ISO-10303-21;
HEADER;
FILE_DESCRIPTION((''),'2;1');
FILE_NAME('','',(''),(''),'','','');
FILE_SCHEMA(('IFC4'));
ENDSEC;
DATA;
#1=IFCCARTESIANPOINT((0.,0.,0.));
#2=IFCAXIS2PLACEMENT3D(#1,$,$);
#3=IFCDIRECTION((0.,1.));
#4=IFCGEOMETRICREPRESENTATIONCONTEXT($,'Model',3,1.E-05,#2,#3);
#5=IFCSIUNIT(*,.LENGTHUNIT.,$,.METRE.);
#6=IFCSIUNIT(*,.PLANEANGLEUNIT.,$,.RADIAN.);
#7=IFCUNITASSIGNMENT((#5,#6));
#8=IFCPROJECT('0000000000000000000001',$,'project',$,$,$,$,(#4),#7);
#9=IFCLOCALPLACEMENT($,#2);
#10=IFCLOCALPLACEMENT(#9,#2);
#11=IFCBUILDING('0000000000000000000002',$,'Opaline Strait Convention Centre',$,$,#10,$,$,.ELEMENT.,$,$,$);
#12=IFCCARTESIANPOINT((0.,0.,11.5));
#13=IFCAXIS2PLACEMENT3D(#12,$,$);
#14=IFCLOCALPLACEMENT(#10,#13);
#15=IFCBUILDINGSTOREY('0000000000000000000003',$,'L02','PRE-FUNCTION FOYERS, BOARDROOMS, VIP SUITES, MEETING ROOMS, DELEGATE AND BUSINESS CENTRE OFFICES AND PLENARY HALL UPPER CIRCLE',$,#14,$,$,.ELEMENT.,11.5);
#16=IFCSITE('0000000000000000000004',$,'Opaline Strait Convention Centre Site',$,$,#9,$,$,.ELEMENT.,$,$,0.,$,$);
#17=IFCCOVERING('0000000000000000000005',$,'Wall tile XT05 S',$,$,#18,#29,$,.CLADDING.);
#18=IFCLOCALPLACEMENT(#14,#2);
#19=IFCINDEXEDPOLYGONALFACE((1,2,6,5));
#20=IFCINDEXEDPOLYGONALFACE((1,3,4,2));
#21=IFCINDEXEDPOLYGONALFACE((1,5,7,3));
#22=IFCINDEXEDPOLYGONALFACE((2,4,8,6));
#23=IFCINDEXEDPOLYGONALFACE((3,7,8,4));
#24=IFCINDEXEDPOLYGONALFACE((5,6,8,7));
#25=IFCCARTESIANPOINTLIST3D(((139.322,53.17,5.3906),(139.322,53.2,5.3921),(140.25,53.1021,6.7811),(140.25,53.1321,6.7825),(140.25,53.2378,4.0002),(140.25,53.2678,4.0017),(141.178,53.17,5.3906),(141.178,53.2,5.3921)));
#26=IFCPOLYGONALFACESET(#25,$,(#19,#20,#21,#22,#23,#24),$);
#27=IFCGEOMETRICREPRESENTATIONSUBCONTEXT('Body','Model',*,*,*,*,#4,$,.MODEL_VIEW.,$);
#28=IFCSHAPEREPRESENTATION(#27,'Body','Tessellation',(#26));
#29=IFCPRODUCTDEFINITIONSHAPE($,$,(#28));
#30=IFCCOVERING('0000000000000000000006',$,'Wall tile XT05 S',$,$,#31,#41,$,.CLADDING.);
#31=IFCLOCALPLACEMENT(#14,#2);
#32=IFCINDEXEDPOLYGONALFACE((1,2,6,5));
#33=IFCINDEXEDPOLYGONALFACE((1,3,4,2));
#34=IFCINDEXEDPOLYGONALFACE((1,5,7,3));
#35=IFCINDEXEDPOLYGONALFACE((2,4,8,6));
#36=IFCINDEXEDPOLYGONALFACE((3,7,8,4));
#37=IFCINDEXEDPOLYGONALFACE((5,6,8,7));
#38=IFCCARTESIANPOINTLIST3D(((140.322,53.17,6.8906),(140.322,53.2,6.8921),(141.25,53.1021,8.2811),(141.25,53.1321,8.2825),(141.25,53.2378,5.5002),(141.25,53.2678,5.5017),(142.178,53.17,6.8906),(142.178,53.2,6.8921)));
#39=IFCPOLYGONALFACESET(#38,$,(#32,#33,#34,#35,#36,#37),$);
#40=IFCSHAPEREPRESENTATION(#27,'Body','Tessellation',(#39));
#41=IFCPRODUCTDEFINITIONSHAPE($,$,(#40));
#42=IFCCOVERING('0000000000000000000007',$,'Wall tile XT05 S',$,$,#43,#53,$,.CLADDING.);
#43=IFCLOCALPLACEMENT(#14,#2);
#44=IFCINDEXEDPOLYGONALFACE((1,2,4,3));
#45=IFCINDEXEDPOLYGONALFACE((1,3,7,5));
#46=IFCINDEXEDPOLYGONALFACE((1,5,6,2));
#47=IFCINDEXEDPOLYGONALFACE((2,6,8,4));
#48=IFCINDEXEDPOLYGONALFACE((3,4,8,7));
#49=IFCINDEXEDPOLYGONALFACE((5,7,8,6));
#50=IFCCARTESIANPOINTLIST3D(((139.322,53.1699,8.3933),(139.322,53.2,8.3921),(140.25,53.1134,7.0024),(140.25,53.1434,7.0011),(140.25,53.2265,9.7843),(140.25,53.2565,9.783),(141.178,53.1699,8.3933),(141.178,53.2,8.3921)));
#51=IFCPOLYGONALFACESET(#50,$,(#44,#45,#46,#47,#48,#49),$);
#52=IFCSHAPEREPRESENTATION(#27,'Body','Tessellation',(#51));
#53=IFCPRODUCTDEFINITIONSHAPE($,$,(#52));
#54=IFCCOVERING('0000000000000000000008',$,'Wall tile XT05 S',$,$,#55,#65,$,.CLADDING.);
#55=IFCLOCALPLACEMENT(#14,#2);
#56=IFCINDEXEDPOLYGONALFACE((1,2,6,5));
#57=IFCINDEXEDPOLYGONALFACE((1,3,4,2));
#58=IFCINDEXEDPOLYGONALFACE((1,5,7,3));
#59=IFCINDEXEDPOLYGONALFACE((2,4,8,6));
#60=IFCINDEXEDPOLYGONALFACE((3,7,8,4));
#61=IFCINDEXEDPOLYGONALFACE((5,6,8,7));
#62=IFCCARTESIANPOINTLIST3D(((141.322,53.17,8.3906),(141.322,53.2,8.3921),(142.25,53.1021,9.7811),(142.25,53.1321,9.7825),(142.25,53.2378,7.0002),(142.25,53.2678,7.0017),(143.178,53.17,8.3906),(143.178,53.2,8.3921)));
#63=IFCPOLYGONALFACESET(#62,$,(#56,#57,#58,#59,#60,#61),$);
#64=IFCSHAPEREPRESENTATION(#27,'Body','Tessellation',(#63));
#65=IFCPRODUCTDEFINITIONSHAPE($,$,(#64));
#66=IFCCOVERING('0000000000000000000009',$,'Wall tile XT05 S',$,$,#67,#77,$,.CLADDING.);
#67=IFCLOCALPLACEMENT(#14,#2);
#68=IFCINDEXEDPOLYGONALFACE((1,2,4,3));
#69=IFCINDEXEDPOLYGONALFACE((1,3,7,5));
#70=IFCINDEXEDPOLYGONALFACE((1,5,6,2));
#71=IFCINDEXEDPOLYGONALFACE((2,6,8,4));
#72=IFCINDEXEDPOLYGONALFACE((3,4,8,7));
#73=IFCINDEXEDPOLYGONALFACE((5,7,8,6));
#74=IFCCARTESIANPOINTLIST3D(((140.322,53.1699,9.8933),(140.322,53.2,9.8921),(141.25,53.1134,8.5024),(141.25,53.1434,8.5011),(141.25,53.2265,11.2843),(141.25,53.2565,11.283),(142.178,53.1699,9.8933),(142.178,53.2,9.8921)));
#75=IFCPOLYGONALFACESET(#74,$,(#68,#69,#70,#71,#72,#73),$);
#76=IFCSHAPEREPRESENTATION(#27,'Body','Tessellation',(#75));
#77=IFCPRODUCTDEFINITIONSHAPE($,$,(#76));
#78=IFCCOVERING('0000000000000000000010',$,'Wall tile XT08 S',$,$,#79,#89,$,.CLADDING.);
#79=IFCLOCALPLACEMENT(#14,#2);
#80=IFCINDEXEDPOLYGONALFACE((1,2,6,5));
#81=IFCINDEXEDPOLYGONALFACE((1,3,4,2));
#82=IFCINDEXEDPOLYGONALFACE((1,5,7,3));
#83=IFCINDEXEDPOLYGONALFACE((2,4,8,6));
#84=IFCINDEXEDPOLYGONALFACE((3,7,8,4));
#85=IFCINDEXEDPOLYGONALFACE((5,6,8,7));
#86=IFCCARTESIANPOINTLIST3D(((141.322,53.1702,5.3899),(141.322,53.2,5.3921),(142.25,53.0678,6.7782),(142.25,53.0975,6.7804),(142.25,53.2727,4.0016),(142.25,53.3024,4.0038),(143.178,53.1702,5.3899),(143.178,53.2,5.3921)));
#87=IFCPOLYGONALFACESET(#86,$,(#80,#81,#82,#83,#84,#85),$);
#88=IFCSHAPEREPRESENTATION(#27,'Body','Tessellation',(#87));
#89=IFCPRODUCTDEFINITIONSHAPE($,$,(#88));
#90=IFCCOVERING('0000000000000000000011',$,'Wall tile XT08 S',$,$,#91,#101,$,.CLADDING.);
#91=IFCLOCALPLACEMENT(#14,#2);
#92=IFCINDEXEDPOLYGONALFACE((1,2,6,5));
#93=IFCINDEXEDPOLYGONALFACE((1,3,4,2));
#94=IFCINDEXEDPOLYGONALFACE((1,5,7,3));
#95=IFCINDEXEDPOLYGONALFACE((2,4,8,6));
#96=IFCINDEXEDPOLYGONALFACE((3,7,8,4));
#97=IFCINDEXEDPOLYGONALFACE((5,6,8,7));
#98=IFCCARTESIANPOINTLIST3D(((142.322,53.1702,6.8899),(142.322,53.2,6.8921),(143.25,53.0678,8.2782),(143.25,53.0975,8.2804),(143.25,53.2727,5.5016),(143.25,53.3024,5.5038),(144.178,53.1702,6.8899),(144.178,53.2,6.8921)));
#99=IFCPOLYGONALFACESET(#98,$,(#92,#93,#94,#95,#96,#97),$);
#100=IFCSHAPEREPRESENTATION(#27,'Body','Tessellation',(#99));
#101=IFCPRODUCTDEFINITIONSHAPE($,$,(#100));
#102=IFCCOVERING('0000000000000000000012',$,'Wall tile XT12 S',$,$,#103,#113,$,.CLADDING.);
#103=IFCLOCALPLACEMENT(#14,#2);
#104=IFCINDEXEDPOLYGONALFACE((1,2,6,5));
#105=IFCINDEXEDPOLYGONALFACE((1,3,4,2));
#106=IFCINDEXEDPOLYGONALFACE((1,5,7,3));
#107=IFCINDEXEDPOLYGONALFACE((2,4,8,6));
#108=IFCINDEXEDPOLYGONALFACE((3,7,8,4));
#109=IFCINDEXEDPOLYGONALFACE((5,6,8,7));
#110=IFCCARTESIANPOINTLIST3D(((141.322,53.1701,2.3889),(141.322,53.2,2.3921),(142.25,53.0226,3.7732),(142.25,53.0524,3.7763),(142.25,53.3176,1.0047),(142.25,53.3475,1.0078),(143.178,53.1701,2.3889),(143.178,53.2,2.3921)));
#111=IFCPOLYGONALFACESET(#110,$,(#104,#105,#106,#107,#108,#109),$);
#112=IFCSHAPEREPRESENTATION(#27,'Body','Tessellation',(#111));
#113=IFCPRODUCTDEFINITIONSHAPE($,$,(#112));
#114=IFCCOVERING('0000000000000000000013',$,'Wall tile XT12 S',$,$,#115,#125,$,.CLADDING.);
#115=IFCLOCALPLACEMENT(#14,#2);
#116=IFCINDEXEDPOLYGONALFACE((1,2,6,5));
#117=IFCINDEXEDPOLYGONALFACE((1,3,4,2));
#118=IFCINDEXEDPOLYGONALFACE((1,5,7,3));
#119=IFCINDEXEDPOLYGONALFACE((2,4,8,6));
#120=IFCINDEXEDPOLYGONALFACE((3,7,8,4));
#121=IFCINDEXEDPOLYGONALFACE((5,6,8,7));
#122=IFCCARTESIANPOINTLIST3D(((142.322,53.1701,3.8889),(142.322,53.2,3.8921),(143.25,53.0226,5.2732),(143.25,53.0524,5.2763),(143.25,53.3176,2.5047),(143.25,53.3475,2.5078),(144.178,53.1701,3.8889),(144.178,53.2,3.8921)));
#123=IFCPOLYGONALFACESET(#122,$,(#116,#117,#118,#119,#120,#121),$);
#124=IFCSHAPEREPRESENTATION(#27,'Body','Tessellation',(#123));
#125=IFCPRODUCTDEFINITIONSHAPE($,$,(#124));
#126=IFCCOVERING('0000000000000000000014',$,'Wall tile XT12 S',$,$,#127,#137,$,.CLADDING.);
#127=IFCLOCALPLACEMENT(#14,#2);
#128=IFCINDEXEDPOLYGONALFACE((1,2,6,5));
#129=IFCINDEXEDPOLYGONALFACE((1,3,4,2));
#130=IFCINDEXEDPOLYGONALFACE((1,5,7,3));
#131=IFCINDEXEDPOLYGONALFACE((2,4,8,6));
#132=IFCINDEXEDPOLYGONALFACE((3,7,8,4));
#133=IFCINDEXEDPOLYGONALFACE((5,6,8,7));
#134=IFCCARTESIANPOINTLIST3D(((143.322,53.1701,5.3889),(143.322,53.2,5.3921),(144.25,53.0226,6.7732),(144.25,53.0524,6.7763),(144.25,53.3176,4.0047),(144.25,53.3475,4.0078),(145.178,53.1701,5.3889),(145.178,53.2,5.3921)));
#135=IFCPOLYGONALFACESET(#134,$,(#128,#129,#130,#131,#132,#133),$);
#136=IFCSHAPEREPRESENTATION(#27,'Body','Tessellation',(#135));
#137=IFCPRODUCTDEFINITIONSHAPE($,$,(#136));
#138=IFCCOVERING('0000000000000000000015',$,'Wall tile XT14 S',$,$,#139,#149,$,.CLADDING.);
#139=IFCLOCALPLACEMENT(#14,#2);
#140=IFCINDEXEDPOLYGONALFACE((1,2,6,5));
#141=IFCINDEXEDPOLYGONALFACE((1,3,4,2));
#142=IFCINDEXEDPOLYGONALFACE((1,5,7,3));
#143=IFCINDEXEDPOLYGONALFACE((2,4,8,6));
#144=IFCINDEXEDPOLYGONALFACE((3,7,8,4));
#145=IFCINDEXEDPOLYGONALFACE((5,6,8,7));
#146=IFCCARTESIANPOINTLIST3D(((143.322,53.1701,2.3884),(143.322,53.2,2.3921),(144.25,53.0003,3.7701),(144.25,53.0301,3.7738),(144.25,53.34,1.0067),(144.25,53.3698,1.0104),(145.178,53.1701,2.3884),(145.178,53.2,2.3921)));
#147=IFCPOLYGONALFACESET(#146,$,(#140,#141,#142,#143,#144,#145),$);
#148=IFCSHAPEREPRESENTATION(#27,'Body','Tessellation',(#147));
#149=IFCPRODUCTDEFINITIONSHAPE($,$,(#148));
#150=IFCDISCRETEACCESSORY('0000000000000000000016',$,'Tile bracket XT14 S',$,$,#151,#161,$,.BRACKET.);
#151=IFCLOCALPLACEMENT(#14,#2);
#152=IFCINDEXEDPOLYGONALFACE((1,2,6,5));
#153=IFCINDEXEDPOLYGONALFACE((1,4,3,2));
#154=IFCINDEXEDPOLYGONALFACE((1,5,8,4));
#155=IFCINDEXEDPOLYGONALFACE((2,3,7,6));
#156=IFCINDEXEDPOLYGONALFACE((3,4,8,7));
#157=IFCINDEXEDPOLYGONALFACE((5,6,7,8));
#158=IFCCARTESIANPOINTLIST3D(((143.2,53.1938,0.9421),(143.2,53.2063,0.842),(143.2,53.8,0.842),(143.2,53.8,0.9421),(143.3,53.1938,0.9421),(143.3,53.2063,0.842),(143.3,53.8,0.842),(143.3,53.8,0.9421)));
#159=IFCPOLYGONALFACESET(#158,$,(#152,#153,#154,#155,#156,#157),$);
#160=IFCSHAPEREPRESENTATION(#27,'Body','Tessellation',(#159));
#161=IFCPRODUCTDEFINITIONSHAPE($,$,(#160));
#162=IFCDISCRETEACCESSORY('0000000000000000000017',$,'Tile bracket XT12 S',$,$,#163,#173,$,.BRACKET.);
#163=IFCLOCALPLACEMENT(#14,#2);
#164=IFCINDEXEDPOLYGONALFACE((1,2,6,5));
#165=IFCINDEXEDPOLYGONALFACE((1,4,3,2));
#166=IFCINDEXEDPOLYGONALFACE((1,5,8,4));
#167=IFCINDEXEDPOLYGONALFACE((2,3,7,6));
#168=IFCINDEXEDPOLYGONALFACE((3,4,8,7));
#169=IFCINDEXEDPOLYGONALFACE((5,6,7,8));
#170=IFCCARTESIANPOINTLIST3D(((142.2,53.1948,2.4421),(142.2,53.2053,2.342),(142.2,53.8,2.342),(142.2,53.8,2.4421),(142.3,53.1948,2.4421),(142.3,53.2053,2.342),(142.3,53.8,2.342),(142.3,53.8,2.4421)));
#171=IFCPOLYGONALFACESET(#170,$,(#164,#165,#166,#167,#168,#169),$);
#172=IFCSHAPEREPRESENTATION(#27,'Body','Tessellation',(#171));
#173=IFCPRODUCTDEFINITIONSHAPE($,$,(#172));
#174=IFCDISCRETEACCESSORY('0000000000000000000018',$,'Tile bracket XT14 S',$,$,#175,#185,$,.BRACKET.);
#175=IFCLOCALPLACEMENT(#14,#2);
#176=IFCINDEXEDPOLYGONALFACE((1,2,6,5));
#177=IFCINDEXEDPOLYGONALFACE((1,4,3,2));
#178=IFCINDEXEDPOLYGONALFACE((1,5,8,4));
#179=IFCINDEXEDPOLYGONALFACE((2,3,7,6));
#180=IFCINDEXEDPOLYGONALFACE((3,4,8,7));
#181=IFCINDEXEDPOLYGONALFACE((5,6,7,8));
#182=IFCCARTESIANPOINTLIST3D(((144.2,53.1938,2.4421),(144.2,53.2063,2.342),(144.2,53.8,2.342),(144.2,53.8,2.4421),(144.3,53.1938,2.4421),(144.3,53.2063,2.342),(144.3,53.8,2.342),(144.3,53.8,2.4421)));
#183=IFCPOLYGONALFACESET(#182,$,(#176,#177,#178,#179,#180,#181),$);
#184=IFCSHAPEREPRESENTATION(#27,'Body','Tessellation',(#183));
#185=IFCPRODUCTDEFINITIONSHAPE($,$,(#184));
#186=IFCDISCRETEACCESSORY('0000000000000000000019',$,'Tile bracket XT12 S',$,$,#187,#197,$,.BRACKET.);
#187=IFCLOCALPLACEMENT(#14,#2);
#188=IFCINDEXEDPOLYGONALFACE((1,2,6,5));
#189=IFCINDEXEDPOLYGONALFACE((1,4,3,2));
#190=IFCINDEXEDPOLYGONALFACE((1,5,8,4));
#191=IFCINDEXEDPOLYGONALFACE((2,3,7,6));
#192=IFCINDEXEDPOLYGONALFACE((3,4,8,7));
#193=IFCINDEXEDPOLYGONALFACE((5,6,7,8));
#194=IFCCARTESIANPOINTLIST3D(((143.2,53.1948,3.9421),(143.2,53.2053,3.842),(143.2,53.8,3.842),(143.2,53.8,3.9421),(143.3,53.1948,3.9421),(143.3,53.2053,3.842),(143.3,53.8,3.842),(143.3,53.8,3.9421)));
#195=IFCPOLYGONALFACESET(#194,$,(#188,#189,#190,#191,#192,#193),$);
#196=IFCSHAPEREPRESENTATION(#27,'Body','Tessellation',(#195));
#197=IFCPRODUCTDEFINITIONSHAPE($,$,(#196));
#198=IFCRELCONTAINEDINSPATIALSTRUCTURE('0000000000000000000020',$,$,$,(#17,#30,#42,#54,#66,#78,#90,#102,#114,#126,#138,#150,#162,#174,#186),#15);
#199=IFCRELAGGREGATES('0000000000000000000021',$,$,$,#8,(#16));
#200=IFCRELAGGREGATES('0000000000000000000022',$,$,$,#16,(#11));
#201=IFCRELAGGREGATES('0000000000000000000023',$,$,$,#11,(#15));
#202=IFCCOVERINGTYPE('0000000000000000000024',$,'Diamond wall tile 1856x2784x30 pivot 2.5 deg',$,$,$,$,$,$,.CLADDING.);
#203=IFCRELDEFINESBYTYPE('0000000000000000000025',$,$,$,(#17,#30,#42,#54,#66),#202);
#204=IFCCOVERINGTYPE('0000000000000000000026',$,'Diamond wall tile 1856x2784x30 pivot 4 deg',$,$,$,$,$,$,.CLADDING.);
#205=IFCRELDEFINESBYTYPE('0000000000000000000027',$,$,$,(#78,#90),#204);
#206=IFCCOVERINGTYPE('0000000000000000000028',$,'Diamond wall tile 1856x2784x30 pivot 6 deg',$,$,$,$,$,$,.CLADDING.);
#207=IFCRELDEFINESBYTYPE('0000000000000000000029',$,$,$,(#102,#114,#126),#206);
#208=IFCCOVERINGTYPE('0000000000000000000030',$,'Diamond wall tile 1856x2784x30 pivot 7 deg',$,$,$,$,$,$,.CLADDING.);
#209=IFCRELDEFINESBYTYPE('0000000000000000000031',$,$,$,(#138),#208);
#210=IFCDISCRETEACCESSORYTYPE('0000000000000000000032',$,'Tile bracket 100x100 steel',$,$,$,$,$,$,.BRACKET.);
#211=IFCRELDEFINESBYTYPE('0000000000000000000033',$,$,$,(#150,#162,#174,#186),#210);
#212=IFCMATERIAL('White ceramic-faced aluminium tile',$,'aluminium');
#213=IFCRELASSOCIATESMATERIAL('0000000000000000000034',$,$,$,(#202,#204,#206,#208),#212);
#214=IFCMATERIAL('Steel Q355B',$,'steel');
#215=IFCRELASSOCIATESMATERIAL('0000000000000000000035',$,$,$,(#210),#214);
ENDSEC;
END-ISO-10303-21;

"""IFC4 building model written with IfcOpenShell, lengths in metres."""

from ifc_helpers import new_model, si_unit, direction, frame, origin, place, context, subcontext, project, spatial, polyline, outline, extrude, material, material_profile, profile_set, type_object, element, save


model = new_model("IFC4")

# Units and contexts
model_context = context("Model", 3, precision=1e-05, world=origin(), true_north=direction((0.0, 1.0)))
body_context = subcontext(model_context, "Body", "Model", "MODEL_VIEW")
ifc_project = project(units=[si_unit("LENGTHUNIT", "METRE"), si_unit("PLANEANGLEUNIT", "RADIAN")], contexts=[model_context])

# Site, building, storey
site_placement = place(None, origin())
site = spatial("IfcSite", under=ifc_project, at=site_placement, Name="Opaline Strait Convention Centre Site", CompositionType="ELEMENT", RefElevation=0.0)
building_placement = place(site_placement, origin())
building = spatial("IfcBuilding", under=site, at=building_placement, Name="Opaline Strait Convention Centre", CompositionType="ELEMENT")
storey_placement = place(building_placement, frame((0.0, 0.0, 11.5)))
storey = spatial("IfcBuildingStorey", under=building, at=storey_placement, Name="L02", Description="PRE-FUNCTION FOYERS, BOARDROOMS, VIP SUITES, MEETING ROOMS, DELEGATE AND BUSINESS CENTRE OFFICES AND PLENARY HALL UPPER CIRCLE", CompositionType="ELEMENT", Elevation=11.5)

# Coverings
ifc_material_1 = material(Name="White ceramic-faced aluminium tile", Category="aluminium")
ifc_material_profile_1 = material_profile(ifc_material_1, outline(polyline([(0.928, 0.0), (0.0, 1.3921), (-0.928, 0.0), (0.0, -1.3921), (0.928, 0.0)])), Name="Diamond tile 1856x2784")
ifc_profile_set_1 = profile_set([ifc_material_profile_1], Name="White ceramic-faced aluminium tile")
covering_type_1 = type_object("IfcCoveringType", Name="Diamond wall tile 1856x2784x30 pivot 2.5 deg", PredefinedType="CLADDING", material=ifc_profile_set_1)
for number, where, z_axis, x_axis, name in (
    (1, (140.25, 53.2, 5.3921), (0.0, -0.998812, -0.048723), (1.0, 0.0, 0.0), "Wall tile XT05 S"),
    (2, (141.25, 53.2, 6.8921), (0.0, -0.998812, -0.048723), (1.0, 0.0, 0.0), "Wall tile XT05 S"),
    (3, (140.25, 53.2, 8.3921), (0.0, -0.999175, 0.040617), (1.0, 0.0, 0.0), "Wall tile XT05 S"),
    (4, (142.25, 53.2, 8.3921), (0.0, -0.998812, -0.048723), (1.0, 0.0, 0.0), "Wall tile XT05 S"),
    (5, (141.25, 53.2, 9.8921), (0.0, -0.999175, 0.040617), (1.0, 0.0, 0.0), "Wall tile XT05 S"),
):
    element("IfcCovering", number, at=place(storey_placement, frame(where, z_axis=z_axis, x_axis=x_axis)), inside=storey, type_object=covering_type_1, Name=name, PredefinedType="CLADDING", context=body_context, shape_type="SweptSolid", body=[
        extrude(outline(polyline([(0.928, 0.0), (0.0, 1.3921), (-0.928, 0.0), (0.0, -1.3921), (0.928, 0.0)])), origin(), (0.0, 0.0, 1.0), 0.03),
    ])
ifc_material_profile_2 = material_profile(ifc_material_1, outline(polyline([(0.928, 0.0), (0.0, 1.3921), (-0.928, 0.0), (0.0, -1.3921), (0.928, 0.0)])), Name="Diamond tile 1856x2784")
ifc_profile_set_2 = profile_set([ifc_material_profile_2], Name="White ceramic-faced aluminium tile")
covering_type_2 = type_object("IfcCoveringType", Name="Diamond wall tile 1856x2784x30 pivot 4 deg", PredefinedType="CLADDING", material=ifc_profile_set_2)
for number, where, z_axis, x_axis, name in (
    (6, (142.25, 53.2, 5.3921), (0.0, -0.99729, -0.073571), (1.0, 0.0, 0.0), "Wall tile XT08 S"),
    (7, (143.25, 53.2, 6.8921), (0.0, -0.99729, -0.073571), (1.0, 0.0, 0.0), "Wall tile XT08 S"),
):
    element("IfcCovering", number, at=place(storey_placement, frame(where, z_axis=z_axis, x_axis=x_axis)), inside=storey, type_object=covering_type_2, Name=name, PredefinedType="CLADDING", context=body_context, shape_type="SweptSolid", body=[
        extrude(outline(polyline([(0.928, 0.0), (0.0, 1.3921), (-0.928, 0.0), (0.0, -1.3921), (0.928, 0.0)])), origin(), (0.0, 0.0, 1.0), 0.0298),
    ])
ifc_material_profile_3 = material_profile(ifc_material_1, outline(polyline([(0.928, 0.0), (0.0, 1.3921), (-0.928, 0.0), (0.0, -1.3921), (0.928, 0.0)])), Name="Diamond tile 1856x2784")
ifc_profile_set_3 = profile_set([ifc_material_profile_3], Name="White ceramic-faced aluminium tile")
covering_type_3 = type_object("IfcCoveringType", Name="Diamond wall tile 1856x2784x30 pivot 6 deg", PredefinedType="CLADDING", material=ifc_profile_set_3)
for number, where, z_axis, x_axis, name in (
    (8, (142.25, 53.2, 2.3921), (0.0, -0.994371, -0.105958), (1.0, 0.0, 0.0), "Wall tile XT12 S"),
    (9, (143.25, 53.2, 3.8921), (0.0, -0.994371, -0.105958), (1.0, 0.0, 0.0), "Wall tile XT12 S"),
    (10, (144.25, 53.2, 5.3921), (0.0, -0.994371, -0.105958), (1.0, 0.0, 0.0), "Wall tile XT12 S"),
):
    element("IfcCovering", number, at=place(storey_placement, frame(where, z_axis=z_axis, x_axis=x_axis)), inside=storey, type_object=covering_type_3, Name=name, PredefinedType="CLADDING", context=body_context, shape_type="SweptSolid", body=[
        extrude(outline(polyline([(0.928, 0.0), (0.0, 1.3921), (-0.928, 0.0), (0.0, -1.3921), (0.928, 0.0)])), origin(), (0.0, 0.0, 1.0), 0.03),
    ])
ifc_material_profile_4 = material_profile(ifc_material_1, outline(polyline([(0.928, 0.0), (0.0, 1.3921), (-0.928, 0.0), (0.0, -1.3921), (0.928, 0.0)])), Name="Diamond tile 1856x2784")
ifc_profile_set_4 = profile_set([ifc_material_profile_4], Name="White ceramic-faced aluminium tile")
covering_type_4 = type_object("IfcCoveringType", Name="Diamond wall tile 1856x2784x30 pivot 7 deg", PredefinedType="CLADDING", material=ifc_profile_set_4)
covering_placement = place(storey_placement, frame((144.25, 53.2, 2.3921), z_axis=(0.0, -0.992526, -0.122032), x_axis=(1.0, 0.0, 0.0)))
element("IfcCovering", 11, at=covering_placement, inside=storey, type_object=covering_type_4, Name="Wall tile XT14 S", PredefinedType="CLADDING", context=body_context, shape_type="SweptSolid", body=[
    extrude(outline(polyline([(0.928, 0.0), (0.0, 1.3921), (-0.928, 0.0), (0.0, -1.3921), (0.928, 0.0)])), origin(), (0.0, 0.0, 1.0), 0.03),
])

# Discrete accessories
ifc_material_2 = material(Name="Steel Q355B", Category="steel")
discrete_accessory_type = type_object("IfcDiscreteAccessoryType", Name="Tile bracket 100x100 steel", PredefinedType="BRACKET", material=ifc_material_2)
discrete_accessory_1_placement = place(storey_placement, frame((143.2, 53.8, 0.8921), z_axis=(1.0, 0.0, 0.0), x_axis=(0.0, 1.0, 0.0)))
element("IfcDiscreteAccessory", 12, at=discrete_accessory_1_placement, inside=storey, type_object=discrete_accessory_type, Name="Tile bracket XT14 S", PredefinedType="BRACKET", context=body_context, shape_type="SweptSolid", body=[
    extrude(outline(polyline([(0.0, -0.05), (0.0, 0.05), (-0.6062, 0.05), (-0.5938, -0.05), (0.0, -0.05)])), origin(), (0.0, 0.0, 1.0), 0.1001),
])
discrete_accessory_2_placement = place(storey_placement, frame((142.2, 53.8, 2.3921), z_axis=(1.0, 0.0, 0.0), x_axis=(0.0, 1.0, 0.0)))
element("IfcDiscreteAccessory", 13, at=discrete_accessory_2_placement, inside=storey, type_object=discrete_accessory_type, Name="Tile bracket XT12 S", PredefinedType="BRACKET", context=body_context, shape_type="SweptSolid", body=[
    extrude(outline(polyline([(0.0, -0.05), (0.0, 0.05), (-0.6052, 0.05), (-0.5947, -0.05), (0.0, -0.05)])), origin(), (0.0, 0.0, 1.0), 0.1001),
])
discrete_accessory_3_placement = place(storey_placement, frame((144.2, 53.8, 2.3921), z_axis=(1.0, 0.0, 0.0), x_axis=(0.0, 1.0, 0.0)))
element("IfcDiscreteAccessory", 14, at=discrete_accessory_3_placement, inside=storey, type_object=discrete_accessory_type, Name="Tile bracket XT14 S", PredefinedType="BRACKET", context=body_context, shape_type="SweptSolid", body=[
    extrude(outline(polyline([(0.0, -0.05), (0.0, 0.05), (-0.6062, 0.05), (-0.5938, -0.05), (0.0, -0.05)])), origin(), (0.0, 0.0, 1.0), 0.1001),
])
discrete_accessory_4_placement = place(storey_placement, frame((143.2, 53.8, 3.8921), z_axis=(1.0, 0.0, 0.0), x_axis=(0.0, 1.0, 0.0)))
element("IfcDiscreteAccessory", 15, at=discrete_accessory_4_placement, inside=storey, type_object=discrete_accessory_type, Name="Tile bracket XT12 S", PredefinedType="BRACKET", context=body_context, shape_type="SweptSolid", body=[
    extrude(outline(polyline([(0.0, -0.05), (0.0, 0.05), (-0.6052, 0.05), (-0.5947, -0.05), (0.0, -0.05)])), origin(), (0.0, 0.0, 1.0), 0.1001),
])

save(model, "model.ifc")
